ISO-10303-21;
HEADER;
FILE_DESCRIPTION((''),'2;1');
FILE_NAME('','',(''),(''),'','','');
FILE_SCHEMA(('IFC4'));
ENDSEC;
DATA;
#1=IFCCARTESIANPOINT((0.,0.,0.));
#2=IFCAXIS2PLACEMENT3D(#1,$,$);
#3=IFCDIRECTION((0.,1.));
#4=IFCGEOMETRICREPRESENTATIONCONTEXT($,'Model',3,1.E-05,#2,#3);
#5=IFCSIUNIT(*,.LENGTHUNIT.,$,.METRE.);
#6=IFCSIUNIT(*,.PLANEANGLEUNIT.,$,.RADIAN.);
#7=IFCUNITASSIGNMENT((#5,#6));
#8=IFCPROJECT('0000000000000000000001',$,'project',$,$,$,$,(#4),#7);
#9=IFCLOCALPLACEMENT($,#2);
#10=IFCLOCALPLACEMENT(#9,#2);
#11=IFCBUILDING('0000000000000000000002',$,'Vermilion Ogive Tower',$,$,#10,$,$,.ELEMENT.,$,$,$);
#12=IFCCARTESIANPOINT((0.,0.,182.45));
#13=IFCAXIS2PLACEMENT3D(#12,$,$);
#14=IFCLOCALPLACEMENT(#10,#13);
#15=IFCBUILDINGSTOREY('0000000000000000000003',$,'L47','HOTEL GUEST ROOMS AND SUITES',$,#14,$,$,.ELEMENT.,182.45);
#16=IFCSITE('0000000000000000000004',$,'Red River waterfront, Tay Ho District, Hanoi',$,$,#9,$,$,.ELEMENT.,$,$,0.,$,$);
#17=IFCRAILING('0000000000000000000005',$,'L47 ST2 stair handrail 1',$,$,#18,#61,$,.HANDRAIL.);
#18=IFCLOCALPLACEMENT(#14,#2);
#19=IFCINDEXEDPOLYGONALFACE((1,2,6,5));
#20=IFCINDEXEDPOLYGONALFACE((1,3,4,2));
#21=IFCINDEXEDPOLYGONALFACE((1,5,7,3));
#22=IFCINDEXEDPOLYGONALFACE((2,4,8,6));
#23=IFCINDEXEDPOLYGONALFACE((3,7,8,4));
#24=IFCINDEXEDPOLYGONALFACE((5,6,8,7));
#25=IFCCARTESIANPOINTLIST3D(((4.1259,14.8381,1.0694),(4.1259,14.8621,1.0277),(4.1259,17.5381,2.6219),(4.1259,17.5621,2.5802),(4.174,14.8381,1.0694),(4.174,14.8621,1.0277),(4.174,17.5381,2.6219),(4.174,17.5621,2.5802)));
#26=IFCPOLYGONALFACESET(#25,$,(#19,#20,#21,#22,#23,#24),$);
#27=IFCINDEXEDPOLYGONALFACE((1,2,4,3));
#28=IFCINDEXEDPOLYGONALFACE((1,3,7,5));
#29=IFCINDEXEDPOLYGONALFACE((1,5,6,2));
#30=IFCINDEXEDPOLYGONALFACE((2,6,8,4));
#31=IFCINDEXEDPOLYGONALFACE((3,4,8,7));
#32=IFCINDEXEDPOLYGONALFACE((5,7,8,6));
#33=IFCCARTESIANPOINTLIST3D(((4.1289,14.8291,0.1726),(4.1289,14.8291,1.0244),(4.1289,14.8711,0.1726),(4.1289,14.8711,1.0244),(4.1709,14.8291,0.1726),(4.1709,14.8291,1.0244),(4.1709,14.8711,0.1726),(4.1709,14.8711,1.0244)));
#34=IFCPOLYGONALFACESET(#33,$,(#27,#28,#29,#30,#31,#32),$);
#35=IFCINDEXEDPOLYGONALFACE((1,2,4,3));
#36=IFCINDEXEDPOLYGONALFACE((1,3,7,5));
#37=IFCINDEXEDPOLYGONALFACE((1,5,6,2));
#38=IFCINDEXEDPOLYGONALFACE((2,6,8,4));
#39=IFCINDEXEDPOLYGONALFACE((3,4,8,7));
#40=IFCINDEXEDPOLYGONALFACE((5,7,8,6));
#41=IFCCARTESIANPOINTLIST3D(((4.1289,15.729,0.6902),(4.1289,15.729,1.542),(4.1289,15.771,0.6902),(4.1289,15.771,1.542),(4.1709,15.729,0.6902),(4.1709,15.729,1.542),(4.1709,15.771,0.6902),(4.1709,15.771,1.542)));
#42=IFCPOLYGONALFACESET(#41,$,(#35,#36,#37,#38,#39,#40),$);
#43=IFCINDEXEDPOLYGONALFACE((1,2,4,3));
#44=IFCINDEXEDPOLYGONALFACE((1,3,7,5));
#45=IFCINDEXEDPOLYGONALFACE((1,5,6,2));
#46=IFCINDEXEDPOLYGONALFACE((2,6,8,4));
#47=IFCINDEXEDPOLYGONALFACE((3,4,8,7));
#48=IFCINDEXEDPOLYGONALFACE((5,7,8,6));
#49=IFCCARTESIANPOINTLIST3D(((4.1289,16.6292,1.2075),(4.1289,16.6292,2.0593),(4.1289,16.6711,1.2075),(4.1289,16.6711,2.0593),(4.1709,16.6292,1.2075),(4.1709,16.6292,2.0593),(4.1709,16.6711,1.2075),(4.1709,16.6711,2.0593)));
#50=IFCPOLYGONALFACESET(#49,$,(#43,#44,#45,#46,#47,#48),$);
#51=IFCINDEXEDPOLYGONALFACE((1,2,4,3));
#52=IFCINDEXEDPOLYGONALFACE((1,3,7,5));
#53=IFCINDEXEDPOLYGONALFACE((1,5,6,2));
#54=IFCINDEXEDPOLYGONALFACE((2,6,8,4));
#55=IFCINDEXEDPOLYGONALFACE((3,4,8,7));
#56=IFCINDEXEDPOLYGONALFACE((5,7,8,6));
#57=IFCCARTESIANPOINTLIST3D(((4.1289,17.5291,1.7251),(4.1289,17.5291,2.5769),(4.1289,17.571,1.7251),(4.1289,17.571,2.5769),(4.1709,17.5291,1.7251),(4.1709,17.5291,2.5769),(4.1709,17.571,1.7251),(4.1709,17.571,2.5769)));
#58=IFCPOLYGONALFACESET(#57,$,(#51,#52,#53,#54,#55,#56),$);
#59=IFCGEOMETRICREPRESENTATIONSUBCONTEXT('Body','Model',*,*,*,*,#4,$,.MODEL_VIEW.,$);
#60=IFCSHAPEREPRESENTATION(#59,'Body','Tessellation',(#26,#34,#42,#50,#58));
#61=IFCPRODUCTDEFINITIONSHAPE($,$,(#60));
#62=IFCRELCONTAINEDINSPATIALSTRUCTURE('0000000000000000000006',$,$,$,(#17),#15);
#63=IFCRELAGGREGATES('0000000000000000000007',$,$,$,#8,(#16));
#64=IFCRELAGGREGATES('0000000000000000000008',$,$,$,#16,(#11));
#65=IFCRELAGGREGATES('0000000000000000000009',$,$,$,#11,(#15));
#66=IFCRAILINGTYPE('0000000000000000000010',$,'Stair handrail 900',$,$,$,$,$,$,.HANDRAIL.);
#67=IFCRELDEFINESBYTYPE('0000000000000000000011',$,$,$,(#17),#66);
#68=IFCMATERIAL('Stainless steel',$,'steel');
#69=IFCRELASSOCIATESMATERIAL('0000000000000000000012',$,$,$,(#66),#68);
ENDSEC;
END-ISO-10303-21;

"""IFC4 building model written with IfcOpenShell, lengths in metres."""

from ifc_helpers import new_model, si_unit, direction, frame, origin, origin_2d, place, context, subcontext, project, spatial, rectangle, extrude, material, type_object, element, save


model = new_model("IFC4")

# Units and contexts
model_context = context("Model", 3, precision=1e-05, world=origin(), true_north=direction((0.0, 1.0)))
body_context = subcontext(model_context, "Body", "Model", "MODEL_VIEW")
ifc_project = project(units=[si_unit("LENGTHUNIT", "METRE"), si_unit("PLANEANGLEUNIT", "RADIAN")], contexts=[model_context])

# Site, building, storey
site_placement = place(None, origin())
site = spatial("IfcSite", under=ifc_project, at=site_placement, Name="Red River waterfront, Tay Ho District, Hanoi", CompositionType="ELEMENT", RefElevation=0.0)
building_placement = place(site_placement, origin())
building = spatial("IfcBuilding", under=site, at=building_placement, Name="Vermilion Ogive Tower", CompositionType="ELEMENT")
storey_placement = place(building_placement, frame((0.0, 0.0, 182.45)))
storey = spatial("IfcBuildingStorey", under=building, at=storey_placement, Name="L47", Description="HOTEL GUEST ROOMS AND SUITES", CompositionType="ELEMENT", Elevation=182.45)

# Railing
ifc_material_1 = material(Name="Stainless steel", Category="steel")
railing_type_1 = type_object("IfcRailingType", Name="Stair handrail 900", PredefinedType="HANDRAIL", material=ifc_material_1)
railing_1_placement = place(storey_placement, frame((4.1499, 14.8501, 0.1726)))
element("IfcRailing", 1, at=railing_1_placement, inside=storey, type_object=railing_type_1, Name="L47 ST2 stair handrail 1", PredefinedType="HANDRAIL", context=body_context, shape_type="SweptSolid", body=[
    extrude(rectangle(XDim=0.0481, YDim=0.0481, at=origin_2d()), frame((0.0, 0.0, 0.876), z_axis=(0.0, 0.866904, 0.498476), x_axis=(-1.0, 0.0, 0.0)), (0.0, 0.0, 1.0), 3.1145),
    extrude(rectangle(XDim=0.042, YDim=0.042, at=origin_2d()), origin(), (0.0, 0.0, 1.0), 0.8518),
    extrude(rectangle(XDim=0.042, YDim=0.042, at=origin_2d()), frame((0.0, 0.8999, 0.5176)), (0.0, 0.0, 1.0), 0.8518),
    extrude(rectangle(XDim=0.042, YDim=0.042, at=origin_2d()), frame((0.0, 1.8, 1.0349)), (0.0, 0.0, 1.0), 0.8518),
    extrude(rectangle(XDim=0.042, YDim=0.042, at=origin_2d()), frame((0.0, 2.7, 1.5525)), (0.0, 0.0, 1.0), 0.8518),
])

save(model, "model.ifc")
